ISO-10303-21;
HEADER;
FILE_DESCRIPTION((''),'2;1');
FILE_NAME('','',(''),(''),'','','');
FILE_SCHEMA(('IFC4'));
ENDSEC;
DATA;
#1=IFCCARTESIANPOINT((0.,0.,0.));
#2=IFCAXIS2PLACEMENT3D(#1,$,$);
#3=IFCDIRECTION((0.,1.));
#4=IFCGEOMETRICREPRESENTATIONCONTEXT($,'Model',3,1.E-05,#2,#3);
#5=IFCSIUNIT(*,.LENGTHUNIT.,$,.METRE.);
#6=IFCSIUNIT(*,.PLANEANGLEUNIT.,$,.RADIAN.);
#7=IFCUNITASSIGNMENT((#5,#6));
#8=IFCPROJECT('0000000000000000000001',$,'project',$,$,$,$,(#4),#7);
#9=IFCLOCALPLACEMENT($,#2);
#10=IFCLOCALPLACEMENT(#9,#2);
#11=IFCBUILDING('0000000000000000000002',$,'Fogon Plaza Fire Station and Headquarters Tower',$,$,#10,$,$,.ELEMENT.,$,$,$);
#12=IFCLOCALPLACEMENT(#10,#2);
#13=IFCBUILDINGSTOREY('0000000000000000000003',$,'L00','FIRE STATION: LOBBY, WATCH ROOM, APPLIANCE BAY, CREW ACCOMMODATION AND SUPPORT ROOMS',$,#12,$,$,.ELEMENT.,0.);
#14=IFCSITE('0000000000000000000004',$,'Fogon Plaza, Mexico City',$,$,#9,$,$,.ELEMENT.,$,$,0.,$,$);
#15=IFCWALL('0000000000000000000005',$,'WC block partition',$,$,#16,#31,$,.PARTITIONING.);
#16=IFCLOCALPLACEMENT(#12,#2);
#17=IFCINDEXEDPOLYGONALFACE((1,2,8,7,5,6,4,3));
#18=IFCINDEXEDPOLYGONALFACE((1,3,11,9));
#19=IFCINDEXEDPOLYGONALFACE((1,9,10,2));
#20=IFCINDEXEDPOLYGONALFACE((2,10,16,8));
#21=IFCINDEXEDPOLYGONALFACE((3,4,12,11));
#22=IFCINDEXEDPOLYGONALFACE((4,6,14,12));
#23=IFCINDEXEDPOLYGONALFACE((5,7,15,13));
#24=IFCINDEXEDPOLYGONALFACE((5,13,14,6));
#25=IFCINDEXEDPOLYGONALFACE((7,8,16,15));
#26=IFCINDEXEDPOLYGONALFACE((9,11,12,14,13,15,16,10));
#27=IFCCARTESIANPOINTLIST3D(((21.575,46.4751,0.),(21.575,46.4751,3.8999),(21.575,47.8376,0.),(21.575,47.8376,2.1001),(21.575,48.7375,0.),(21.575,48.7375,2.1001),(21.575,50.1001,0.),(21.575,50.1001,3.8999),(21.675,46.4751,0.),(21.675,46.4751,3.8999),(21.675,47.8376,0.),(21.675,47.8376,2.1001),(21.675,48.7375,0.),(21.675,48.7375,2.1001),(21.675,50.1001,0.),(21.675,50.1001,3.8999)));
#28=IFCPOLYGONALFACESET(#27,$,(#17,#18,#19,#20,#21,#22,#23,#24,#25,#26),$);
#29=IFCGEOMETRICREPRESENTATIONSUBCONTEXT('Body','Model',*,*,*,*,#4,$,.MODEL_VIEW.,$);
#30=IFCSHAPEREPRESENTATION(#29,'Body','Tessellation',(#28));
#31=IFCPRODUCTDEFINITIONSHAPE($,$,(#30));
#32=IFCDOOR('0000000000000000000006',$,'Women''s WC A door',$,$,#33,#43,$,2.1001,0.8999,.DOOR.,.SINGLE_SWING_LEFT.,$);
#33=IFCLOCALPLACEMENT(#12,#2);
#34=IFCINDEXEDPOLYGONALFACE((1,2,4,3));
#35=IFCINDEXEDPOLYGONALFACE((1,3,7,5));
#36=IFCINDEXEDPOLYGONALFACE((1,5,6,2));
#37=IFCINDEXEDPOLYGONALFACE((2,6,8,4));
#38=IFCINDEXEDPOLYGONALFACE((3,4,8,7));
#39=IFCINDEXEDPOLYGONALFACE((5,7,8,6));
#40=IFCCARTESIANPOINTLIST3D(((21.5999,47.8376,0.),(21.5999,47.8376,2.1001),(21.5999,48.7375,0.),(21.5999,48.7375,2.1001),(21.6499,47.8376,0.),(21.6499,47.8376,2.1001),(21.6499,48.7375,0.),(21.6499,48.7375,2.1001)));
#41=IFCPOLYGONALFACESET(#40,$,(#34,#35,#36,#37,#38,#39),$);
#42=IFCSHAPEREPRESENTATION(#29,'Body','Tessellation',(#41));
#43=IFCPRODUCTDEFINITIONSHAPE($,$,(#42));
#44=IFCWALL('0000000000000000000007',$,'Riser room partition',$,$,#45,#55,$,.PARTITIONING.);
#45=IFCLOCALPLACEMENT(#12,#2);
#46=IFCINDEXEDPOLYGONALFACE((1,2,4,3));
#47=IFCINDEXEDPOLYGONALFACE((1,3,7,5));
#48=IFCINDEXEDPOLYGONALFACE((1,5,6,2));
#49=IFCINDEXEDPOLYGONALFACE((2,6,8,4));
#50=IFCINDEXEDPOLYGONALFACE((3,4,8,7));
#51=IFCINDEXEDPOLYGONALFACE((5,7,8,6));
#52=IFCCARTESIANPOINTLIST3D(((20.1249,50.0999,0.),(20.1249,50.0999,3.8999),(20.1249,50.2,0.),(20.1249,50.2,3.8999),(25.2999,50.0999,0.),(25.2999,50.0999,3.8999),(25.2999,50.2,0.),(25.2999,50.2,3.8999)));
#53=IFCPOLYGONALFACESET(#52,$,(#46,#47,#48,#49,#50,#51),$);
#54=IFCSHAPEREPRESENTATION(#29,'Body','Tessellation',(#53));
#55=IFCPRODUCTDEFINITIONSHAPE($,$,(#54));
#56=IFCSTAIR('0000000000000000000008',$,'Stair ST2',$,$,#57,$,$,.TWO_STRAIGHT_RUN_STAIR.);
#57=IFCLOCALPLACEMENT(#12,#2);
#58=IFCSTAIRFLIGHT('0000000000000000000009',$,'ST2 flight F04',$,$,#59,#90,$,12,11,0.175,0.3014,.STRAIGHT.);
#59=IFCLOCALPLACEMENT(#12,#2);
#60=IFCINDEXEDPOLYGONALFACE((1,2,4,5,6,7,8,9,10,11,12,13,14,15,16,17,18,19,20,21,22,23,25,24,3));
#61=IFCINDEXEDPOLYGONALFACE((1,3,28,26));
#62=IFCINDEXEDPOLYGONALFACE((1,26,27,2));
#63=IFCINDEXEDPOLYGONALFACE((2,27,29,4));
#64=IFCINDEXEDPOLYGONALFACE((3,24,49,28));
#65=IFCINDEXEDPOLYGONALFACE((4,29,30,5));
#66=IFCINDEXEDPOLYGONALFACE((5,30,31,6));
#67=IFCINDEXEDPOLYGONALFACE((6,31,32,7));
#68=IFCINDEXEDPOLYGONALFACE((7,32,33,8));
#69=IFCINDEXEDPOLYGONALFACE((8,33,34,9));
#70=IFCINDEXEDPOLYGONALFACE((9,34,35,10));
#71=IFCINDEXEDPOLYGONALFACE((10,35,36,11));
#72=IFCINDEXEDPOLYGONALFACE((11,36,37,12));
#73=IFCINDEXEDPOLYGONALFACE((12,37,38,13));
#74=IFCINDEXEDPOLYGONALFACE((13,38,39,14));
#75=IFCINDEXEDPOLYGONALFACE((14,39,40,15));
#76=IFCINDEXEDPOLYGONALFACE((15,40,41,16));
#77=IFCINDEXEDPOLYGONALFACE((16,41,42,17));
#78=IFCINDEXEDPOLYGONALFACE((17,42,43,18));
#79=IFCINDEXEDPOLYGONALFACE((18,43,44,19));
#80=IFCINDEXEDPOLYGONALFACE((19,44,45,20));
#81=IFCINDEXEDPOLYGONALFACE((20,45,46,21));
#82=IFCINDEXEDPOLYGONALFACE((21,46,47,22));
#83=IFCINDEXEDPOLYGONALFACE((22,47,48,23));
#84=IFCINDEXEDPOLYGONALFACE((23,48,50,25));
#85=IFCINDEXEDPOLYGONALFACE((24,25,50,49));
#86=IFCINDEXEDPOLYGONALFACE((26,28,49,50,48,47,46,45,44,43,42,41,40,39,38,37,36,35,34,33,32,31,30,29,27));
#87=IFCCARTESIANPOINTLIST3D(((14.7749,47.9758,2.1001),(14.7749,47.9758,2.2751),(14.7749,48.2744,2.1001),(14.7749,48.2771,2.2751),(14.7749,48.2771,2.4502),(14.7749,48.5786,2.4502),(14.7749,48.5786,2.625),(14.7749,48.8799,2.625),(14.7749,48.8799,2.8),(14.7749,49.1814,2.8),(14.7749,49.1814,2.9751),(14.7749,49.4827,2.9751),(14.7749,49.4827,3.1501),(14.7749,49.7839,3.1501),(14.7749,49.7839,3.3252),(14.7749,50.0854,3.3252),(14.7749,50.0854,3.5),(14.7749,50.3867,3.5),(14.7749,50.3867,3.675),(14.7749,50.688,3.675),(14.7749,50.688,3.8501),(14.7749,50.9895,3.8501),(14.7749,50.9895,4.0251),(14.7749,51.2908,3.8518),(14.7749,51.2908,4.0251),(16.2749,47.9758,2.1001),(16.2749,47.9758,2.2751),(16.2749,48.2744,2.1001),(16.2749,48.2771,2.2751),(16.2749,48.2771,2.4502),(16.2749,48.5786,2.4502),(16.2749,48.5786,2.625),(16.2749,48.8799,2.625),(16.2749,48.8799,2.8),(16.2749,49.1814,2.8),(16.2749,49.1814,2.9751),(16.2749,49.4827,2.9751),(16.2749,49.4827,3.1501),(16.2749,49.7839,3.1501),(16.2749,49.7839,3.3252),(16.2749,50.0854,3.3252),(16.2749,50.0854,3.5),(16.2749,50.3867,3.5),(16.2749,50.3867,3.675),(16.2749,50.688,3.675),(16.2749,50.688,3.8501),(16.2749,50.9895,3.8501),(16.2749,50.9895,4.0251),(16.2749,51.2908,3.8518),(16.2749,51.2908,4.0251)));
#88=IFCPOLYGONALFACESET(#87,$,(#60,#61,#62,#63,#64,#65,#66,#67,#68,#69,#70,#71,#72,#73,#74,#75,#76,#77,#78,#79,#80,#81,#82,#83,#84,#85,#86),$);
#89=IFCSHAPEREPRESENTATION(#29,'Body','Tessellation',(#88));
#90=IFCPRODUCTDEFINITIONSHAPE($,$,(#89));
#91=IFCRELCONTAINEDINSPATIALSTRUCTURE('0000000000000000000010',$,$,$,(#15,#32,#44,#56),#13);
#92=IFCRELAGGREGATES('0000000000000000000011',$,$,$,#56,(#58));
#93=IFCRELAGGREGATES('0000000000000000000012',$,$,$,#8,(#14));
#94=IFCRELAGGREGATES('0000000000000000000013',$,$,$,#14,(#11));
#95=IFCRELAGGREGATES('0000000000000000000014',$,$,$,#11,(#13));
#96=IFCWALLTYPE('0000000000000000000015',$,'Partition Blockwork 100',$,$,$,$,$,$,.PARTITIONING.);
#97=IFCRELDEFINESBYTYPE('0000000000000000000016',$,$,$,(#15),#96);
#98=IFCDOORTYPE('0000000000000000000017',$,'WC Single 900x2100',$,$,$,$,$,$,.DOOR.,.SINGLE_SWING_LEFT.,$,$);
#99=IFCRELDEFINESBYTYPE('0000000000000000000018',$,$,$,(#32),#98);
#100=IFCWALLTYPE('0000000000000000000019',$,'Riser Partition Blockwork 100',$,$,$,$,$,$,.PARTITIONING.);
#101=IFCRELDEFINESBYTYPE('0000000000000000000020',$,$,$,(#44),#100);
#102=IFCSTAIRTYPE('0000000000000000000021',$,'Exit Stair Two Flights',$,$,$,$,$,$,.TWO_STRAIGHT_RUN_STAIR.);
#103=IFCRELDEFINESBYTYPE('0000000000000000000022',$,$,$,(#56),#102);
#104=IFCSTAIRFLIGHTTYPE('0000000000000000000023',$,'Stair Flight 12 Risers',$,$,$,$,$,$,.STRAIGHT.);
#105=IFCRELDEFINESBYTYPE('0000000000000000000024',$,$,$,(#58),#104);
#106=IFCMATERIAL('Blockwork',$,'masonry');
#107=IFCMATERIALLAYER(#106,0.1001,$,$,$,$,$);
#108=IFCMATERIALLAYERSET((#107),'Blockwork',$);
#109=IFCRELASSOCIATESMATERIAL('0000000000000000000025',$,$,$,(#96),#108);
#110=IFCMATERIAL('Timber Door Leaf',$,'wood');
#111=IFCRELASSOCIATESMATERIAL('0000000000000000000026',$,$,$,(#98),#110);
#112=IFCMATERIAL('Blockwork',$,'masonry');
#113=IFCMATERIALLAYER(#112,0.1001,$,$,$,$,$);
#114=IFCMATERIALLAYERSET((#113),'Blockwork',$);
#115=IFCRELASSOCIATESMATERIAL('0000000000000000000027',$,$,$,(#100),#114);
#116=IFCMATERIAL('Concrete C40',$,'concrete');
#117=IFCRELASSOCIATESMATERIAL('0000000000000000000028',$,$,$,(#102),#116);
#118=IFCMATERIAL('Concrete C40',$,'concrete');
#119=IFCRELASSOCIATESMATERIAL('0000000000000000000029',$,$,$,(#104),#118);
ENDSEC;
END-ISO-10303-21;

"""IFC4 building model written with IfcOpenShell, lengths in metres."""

from ifc_helpers import new_model, si_unit, direction, frame, frame_2d, origin, place, context, subcontext, project, spatial, polyline, rectangle, outline, extrude, material, layer, layer_set, type_object, element, fill, aggregate, save


model = new_model("IFC4")

# Units and contexts
model_context = context("Model", 3, precision=1e-05, world=origin(), true_north=direction((0.0, 1.0)))
body_context = subcontext(model_context, "Body", "Model", "MODEL_VIEW")
ifc_project = project(units=[si_unit("LENGTHUNIT", "METRE"), si_unit("PLANEANGLEUNIT", "RADIAN")], contexts=[model_context])

# Site, building, storey
site_placement = place(None, origin())
site = spatial("IfcSite", under=ifc_project, at=site_placement, Name="Fogon Plaza, Mexico City", CompositionType="ELEMENT", RefElevation=0.0)
building_placement = place(site_placement, origin())
building = spatial("IfcBuilding", under=site, at=building_placement, Name="Fogon Plaza Fire Station and Headquarters Tower", CompositionType="ELEMENT")
storey_placement = place(building_placement, origin())
storey = spatial("IfcBuildingStorey", under=building, at=storey_placement, Name="L00", Description="FIRE STATION: LOBBY, WATCH ROOM, APPLIANCE BAY, CREW ACCOMMODATION AND SUPPORT ROOMS", CompositionType="ELEMENT", Elevation=0.0)

# Wall, opening, door
ifc_material_1 = material(Name="Blockwork", Category="masonry")
ifc_layer_1 = layer(ifc_material_1, 0.1001)
ifc_layer_set_1 = layer_set([ifc_layer_1], Name="Blockwork")
wall_type_1 = type_object("IfcWallType", Name="Partition Blockwork 100", PredefinedType="PARTITIONING", material=ifc_layer_set_1)
wall_1_placement = place(storey_placement, frame((21.625, 46.4751, 0.0), z_axis=(0.0, 0.0, 1.0), x_axis=(0.0, 1.0, 0.0)))
wall_1 = element("IfcWall", 1, at=wall_1_placement, inside=storey, type_object=wall_type_1, Name="WC block partition", PredefinedType="PARTITIONING", context=body_context, shape_type="SweptSolid", body=[
    extrude(rectangle(XDim=3.625, YDim=0.1001, at=frame_2d((1.8125, 0.0))), origin(), (0.0, 0.0, 1.0), 3.8999),
])
opening_1_placement = place(wall_1_placement, frame((1.3625, 0.0, 0.0)))
opening_1 = element("IfcOpeningElement", 2, at=opening_1_placement, cuts=wall_1, PredefinedType="OPENING", context=body_context, shape_type="SweptSolid", body=[
    extrude(rectangle(XDim=0.8999, YDim=2.1001, at=frame_2d((0.45, 1.05))), frame((0.0, 0.0601, 0.0), z_axis=(0.0, -1.0, 0.0), x_axis=(1.0, 0.0, 0.0)), (0.0, 0.0, 1.0), 0.1201),
])
ifc_material_2 = material(Name="Timber Door Leaf", Category="wood")
door_type_1 = type_object("IfcDoorType", Name="WC Single 900x2100", OperationType="SINGLE_SWING_LEFT", PredefinedType="DOOR", material=ifc_material_2)
door_1_placement = place(opening_1_placement, frame((0.8999, 0.0, 0.0), z_axis=(0.0, 0.0, 1.0), x_axis=(-1.0, 0.0, 0.0)))
door_1 = element("IfcDoor", 3, at=door_1_placement, inside=storey, type_object=door_type_1, Name="Women's WC A door", OperationType="SINGLE_SWING_LEFT", OverallHeight=2.1001, OverallWidth=0.8999, PredefinedType="DOOR", context=body_context, shape_type="SweptSolid", body=[
    extrude(rectangle(XDim=0.8999, YDim=2.1001, at=frame_2d((0.45, 1.05))), frame((0.0, 0.0249, 0.0), z_axis=(0.0, -1.0, 0.0), x_axis=(1.0, 0.0, 0.0)), (0.0, 0.0, 1.0), 0.05),
])
fill(opening_1, door_1)

# Wall
ifc_material_3 = material(Name="Blockwork", Category="masonry")
ifc_layer_2 = layer(ifc_material_3, 0.1001)
ifc_layer_set_2 = layer_set([ifc_layer_2], Name="Blockwork")
wall_type_2 = type_object("IfcWallType", Name="Riser Partition Blockwork 100", PredefinedType="PARTITIONING", material=ifc_layer_set_2)
wall_2_placement = place(storey_placement, frame((20.125, 50.1499, 0.0), z_axis=(0.0, 0.0, 1.0), x_axis=(1.0, 0.0, 0.0)))
element("IfcWall", 4, at=wall_2_placement, inside=storey, type_object=wall_type_2, Name="Riser room partition", PredefinedType="PARTITIONING", context=body_context, shape_type="SweptSolid", body=[
    extrude(rectangle(XDim=5.175, YDim=0.1001, at=frame_2d((2.5874, 0.0))), origin(), (0.0, 0.0, 1.0), 3.8999),
])

# Stair, stair flight
ifc_material_4 = material(Name="Concrete C40", Category="concrete")
stair_type = type_object("IfcStairType", Name="Exit Stair Two Flights", PredefinedType="TWO_STRAIGHT_RUN_STAIR", material=ifc_material_4)
stair_placement = place(storey_placement, origin())
stair = element("IfcStair", 5, at=stair_placement, inside=storey, type_object=stair_type, Name="Stair ST2", PredefinedType="TWO_STRAIGHT_RUN_STAIR")
ifc_material_5 = material(Name="Concrete C40", Category="concrete")
stair_flight_type = type_object("IfcStairFlightType", Name="Stair Flight 12 Risers", PredefinedType="STRAIGHT", material=ifc_material_5)
stair_flight_placement = place(storey_placement, frame((15.5249, 47.9758, 2.1001), z_axis=(0.0, 0.0, 1.0), x_axis=(0.0, 1.0, 0.0)))
stair_flight = element("IfcStairFlight", 6, at=stair_flight_placement, type_object=stair_flight_type, Name="ST2 flight F04", NumberOfRisers=12, NumberOfTreads=11, PredefinedType="STRAIGHT", RiserHeight=0.175, TreadLength=0.3014, context=body_context, shape_type="SweptSolid", body=[
    extrude(outline(polyline([(0.0, 0.0), (0.0, 0.175), (0.3013, 0.175), (0.3013, 0.3501), (0.6028, 0.3501), (0.6028, 0.5249), (0.9041, 0.5249), (0.9041, 0.7), (1.2056, 0.7), (1.2056, 0.875), (1.5068, 0.875), (1.5068, 1.05), (1.8081, 1.05), (1.8081, 1.2251), (2.1096, 1.2251), (2.1096, 1.3999), (2.4109, 1.3999), (2.4109, 1.575), (2.7122, 1.575), (2.7122, 1.75), (3.0137, 1.75), (3.0137, 1.925), (3.3149, 1.925), (3.3149, 2.1001), (3.3149, 1.7517), (0.2986, 0.0), (0.0, 0.0)])), frame((0.0, 0.75, 0.0), z_axis=(0.0, -1.0, 0.0), x_axis=(1.0, 0.0, 0.0)), (0.0, 0.0, 1.0), 1.5),
])
aggregate(stair, [stair_flight])

save(model, "model.ifc")
